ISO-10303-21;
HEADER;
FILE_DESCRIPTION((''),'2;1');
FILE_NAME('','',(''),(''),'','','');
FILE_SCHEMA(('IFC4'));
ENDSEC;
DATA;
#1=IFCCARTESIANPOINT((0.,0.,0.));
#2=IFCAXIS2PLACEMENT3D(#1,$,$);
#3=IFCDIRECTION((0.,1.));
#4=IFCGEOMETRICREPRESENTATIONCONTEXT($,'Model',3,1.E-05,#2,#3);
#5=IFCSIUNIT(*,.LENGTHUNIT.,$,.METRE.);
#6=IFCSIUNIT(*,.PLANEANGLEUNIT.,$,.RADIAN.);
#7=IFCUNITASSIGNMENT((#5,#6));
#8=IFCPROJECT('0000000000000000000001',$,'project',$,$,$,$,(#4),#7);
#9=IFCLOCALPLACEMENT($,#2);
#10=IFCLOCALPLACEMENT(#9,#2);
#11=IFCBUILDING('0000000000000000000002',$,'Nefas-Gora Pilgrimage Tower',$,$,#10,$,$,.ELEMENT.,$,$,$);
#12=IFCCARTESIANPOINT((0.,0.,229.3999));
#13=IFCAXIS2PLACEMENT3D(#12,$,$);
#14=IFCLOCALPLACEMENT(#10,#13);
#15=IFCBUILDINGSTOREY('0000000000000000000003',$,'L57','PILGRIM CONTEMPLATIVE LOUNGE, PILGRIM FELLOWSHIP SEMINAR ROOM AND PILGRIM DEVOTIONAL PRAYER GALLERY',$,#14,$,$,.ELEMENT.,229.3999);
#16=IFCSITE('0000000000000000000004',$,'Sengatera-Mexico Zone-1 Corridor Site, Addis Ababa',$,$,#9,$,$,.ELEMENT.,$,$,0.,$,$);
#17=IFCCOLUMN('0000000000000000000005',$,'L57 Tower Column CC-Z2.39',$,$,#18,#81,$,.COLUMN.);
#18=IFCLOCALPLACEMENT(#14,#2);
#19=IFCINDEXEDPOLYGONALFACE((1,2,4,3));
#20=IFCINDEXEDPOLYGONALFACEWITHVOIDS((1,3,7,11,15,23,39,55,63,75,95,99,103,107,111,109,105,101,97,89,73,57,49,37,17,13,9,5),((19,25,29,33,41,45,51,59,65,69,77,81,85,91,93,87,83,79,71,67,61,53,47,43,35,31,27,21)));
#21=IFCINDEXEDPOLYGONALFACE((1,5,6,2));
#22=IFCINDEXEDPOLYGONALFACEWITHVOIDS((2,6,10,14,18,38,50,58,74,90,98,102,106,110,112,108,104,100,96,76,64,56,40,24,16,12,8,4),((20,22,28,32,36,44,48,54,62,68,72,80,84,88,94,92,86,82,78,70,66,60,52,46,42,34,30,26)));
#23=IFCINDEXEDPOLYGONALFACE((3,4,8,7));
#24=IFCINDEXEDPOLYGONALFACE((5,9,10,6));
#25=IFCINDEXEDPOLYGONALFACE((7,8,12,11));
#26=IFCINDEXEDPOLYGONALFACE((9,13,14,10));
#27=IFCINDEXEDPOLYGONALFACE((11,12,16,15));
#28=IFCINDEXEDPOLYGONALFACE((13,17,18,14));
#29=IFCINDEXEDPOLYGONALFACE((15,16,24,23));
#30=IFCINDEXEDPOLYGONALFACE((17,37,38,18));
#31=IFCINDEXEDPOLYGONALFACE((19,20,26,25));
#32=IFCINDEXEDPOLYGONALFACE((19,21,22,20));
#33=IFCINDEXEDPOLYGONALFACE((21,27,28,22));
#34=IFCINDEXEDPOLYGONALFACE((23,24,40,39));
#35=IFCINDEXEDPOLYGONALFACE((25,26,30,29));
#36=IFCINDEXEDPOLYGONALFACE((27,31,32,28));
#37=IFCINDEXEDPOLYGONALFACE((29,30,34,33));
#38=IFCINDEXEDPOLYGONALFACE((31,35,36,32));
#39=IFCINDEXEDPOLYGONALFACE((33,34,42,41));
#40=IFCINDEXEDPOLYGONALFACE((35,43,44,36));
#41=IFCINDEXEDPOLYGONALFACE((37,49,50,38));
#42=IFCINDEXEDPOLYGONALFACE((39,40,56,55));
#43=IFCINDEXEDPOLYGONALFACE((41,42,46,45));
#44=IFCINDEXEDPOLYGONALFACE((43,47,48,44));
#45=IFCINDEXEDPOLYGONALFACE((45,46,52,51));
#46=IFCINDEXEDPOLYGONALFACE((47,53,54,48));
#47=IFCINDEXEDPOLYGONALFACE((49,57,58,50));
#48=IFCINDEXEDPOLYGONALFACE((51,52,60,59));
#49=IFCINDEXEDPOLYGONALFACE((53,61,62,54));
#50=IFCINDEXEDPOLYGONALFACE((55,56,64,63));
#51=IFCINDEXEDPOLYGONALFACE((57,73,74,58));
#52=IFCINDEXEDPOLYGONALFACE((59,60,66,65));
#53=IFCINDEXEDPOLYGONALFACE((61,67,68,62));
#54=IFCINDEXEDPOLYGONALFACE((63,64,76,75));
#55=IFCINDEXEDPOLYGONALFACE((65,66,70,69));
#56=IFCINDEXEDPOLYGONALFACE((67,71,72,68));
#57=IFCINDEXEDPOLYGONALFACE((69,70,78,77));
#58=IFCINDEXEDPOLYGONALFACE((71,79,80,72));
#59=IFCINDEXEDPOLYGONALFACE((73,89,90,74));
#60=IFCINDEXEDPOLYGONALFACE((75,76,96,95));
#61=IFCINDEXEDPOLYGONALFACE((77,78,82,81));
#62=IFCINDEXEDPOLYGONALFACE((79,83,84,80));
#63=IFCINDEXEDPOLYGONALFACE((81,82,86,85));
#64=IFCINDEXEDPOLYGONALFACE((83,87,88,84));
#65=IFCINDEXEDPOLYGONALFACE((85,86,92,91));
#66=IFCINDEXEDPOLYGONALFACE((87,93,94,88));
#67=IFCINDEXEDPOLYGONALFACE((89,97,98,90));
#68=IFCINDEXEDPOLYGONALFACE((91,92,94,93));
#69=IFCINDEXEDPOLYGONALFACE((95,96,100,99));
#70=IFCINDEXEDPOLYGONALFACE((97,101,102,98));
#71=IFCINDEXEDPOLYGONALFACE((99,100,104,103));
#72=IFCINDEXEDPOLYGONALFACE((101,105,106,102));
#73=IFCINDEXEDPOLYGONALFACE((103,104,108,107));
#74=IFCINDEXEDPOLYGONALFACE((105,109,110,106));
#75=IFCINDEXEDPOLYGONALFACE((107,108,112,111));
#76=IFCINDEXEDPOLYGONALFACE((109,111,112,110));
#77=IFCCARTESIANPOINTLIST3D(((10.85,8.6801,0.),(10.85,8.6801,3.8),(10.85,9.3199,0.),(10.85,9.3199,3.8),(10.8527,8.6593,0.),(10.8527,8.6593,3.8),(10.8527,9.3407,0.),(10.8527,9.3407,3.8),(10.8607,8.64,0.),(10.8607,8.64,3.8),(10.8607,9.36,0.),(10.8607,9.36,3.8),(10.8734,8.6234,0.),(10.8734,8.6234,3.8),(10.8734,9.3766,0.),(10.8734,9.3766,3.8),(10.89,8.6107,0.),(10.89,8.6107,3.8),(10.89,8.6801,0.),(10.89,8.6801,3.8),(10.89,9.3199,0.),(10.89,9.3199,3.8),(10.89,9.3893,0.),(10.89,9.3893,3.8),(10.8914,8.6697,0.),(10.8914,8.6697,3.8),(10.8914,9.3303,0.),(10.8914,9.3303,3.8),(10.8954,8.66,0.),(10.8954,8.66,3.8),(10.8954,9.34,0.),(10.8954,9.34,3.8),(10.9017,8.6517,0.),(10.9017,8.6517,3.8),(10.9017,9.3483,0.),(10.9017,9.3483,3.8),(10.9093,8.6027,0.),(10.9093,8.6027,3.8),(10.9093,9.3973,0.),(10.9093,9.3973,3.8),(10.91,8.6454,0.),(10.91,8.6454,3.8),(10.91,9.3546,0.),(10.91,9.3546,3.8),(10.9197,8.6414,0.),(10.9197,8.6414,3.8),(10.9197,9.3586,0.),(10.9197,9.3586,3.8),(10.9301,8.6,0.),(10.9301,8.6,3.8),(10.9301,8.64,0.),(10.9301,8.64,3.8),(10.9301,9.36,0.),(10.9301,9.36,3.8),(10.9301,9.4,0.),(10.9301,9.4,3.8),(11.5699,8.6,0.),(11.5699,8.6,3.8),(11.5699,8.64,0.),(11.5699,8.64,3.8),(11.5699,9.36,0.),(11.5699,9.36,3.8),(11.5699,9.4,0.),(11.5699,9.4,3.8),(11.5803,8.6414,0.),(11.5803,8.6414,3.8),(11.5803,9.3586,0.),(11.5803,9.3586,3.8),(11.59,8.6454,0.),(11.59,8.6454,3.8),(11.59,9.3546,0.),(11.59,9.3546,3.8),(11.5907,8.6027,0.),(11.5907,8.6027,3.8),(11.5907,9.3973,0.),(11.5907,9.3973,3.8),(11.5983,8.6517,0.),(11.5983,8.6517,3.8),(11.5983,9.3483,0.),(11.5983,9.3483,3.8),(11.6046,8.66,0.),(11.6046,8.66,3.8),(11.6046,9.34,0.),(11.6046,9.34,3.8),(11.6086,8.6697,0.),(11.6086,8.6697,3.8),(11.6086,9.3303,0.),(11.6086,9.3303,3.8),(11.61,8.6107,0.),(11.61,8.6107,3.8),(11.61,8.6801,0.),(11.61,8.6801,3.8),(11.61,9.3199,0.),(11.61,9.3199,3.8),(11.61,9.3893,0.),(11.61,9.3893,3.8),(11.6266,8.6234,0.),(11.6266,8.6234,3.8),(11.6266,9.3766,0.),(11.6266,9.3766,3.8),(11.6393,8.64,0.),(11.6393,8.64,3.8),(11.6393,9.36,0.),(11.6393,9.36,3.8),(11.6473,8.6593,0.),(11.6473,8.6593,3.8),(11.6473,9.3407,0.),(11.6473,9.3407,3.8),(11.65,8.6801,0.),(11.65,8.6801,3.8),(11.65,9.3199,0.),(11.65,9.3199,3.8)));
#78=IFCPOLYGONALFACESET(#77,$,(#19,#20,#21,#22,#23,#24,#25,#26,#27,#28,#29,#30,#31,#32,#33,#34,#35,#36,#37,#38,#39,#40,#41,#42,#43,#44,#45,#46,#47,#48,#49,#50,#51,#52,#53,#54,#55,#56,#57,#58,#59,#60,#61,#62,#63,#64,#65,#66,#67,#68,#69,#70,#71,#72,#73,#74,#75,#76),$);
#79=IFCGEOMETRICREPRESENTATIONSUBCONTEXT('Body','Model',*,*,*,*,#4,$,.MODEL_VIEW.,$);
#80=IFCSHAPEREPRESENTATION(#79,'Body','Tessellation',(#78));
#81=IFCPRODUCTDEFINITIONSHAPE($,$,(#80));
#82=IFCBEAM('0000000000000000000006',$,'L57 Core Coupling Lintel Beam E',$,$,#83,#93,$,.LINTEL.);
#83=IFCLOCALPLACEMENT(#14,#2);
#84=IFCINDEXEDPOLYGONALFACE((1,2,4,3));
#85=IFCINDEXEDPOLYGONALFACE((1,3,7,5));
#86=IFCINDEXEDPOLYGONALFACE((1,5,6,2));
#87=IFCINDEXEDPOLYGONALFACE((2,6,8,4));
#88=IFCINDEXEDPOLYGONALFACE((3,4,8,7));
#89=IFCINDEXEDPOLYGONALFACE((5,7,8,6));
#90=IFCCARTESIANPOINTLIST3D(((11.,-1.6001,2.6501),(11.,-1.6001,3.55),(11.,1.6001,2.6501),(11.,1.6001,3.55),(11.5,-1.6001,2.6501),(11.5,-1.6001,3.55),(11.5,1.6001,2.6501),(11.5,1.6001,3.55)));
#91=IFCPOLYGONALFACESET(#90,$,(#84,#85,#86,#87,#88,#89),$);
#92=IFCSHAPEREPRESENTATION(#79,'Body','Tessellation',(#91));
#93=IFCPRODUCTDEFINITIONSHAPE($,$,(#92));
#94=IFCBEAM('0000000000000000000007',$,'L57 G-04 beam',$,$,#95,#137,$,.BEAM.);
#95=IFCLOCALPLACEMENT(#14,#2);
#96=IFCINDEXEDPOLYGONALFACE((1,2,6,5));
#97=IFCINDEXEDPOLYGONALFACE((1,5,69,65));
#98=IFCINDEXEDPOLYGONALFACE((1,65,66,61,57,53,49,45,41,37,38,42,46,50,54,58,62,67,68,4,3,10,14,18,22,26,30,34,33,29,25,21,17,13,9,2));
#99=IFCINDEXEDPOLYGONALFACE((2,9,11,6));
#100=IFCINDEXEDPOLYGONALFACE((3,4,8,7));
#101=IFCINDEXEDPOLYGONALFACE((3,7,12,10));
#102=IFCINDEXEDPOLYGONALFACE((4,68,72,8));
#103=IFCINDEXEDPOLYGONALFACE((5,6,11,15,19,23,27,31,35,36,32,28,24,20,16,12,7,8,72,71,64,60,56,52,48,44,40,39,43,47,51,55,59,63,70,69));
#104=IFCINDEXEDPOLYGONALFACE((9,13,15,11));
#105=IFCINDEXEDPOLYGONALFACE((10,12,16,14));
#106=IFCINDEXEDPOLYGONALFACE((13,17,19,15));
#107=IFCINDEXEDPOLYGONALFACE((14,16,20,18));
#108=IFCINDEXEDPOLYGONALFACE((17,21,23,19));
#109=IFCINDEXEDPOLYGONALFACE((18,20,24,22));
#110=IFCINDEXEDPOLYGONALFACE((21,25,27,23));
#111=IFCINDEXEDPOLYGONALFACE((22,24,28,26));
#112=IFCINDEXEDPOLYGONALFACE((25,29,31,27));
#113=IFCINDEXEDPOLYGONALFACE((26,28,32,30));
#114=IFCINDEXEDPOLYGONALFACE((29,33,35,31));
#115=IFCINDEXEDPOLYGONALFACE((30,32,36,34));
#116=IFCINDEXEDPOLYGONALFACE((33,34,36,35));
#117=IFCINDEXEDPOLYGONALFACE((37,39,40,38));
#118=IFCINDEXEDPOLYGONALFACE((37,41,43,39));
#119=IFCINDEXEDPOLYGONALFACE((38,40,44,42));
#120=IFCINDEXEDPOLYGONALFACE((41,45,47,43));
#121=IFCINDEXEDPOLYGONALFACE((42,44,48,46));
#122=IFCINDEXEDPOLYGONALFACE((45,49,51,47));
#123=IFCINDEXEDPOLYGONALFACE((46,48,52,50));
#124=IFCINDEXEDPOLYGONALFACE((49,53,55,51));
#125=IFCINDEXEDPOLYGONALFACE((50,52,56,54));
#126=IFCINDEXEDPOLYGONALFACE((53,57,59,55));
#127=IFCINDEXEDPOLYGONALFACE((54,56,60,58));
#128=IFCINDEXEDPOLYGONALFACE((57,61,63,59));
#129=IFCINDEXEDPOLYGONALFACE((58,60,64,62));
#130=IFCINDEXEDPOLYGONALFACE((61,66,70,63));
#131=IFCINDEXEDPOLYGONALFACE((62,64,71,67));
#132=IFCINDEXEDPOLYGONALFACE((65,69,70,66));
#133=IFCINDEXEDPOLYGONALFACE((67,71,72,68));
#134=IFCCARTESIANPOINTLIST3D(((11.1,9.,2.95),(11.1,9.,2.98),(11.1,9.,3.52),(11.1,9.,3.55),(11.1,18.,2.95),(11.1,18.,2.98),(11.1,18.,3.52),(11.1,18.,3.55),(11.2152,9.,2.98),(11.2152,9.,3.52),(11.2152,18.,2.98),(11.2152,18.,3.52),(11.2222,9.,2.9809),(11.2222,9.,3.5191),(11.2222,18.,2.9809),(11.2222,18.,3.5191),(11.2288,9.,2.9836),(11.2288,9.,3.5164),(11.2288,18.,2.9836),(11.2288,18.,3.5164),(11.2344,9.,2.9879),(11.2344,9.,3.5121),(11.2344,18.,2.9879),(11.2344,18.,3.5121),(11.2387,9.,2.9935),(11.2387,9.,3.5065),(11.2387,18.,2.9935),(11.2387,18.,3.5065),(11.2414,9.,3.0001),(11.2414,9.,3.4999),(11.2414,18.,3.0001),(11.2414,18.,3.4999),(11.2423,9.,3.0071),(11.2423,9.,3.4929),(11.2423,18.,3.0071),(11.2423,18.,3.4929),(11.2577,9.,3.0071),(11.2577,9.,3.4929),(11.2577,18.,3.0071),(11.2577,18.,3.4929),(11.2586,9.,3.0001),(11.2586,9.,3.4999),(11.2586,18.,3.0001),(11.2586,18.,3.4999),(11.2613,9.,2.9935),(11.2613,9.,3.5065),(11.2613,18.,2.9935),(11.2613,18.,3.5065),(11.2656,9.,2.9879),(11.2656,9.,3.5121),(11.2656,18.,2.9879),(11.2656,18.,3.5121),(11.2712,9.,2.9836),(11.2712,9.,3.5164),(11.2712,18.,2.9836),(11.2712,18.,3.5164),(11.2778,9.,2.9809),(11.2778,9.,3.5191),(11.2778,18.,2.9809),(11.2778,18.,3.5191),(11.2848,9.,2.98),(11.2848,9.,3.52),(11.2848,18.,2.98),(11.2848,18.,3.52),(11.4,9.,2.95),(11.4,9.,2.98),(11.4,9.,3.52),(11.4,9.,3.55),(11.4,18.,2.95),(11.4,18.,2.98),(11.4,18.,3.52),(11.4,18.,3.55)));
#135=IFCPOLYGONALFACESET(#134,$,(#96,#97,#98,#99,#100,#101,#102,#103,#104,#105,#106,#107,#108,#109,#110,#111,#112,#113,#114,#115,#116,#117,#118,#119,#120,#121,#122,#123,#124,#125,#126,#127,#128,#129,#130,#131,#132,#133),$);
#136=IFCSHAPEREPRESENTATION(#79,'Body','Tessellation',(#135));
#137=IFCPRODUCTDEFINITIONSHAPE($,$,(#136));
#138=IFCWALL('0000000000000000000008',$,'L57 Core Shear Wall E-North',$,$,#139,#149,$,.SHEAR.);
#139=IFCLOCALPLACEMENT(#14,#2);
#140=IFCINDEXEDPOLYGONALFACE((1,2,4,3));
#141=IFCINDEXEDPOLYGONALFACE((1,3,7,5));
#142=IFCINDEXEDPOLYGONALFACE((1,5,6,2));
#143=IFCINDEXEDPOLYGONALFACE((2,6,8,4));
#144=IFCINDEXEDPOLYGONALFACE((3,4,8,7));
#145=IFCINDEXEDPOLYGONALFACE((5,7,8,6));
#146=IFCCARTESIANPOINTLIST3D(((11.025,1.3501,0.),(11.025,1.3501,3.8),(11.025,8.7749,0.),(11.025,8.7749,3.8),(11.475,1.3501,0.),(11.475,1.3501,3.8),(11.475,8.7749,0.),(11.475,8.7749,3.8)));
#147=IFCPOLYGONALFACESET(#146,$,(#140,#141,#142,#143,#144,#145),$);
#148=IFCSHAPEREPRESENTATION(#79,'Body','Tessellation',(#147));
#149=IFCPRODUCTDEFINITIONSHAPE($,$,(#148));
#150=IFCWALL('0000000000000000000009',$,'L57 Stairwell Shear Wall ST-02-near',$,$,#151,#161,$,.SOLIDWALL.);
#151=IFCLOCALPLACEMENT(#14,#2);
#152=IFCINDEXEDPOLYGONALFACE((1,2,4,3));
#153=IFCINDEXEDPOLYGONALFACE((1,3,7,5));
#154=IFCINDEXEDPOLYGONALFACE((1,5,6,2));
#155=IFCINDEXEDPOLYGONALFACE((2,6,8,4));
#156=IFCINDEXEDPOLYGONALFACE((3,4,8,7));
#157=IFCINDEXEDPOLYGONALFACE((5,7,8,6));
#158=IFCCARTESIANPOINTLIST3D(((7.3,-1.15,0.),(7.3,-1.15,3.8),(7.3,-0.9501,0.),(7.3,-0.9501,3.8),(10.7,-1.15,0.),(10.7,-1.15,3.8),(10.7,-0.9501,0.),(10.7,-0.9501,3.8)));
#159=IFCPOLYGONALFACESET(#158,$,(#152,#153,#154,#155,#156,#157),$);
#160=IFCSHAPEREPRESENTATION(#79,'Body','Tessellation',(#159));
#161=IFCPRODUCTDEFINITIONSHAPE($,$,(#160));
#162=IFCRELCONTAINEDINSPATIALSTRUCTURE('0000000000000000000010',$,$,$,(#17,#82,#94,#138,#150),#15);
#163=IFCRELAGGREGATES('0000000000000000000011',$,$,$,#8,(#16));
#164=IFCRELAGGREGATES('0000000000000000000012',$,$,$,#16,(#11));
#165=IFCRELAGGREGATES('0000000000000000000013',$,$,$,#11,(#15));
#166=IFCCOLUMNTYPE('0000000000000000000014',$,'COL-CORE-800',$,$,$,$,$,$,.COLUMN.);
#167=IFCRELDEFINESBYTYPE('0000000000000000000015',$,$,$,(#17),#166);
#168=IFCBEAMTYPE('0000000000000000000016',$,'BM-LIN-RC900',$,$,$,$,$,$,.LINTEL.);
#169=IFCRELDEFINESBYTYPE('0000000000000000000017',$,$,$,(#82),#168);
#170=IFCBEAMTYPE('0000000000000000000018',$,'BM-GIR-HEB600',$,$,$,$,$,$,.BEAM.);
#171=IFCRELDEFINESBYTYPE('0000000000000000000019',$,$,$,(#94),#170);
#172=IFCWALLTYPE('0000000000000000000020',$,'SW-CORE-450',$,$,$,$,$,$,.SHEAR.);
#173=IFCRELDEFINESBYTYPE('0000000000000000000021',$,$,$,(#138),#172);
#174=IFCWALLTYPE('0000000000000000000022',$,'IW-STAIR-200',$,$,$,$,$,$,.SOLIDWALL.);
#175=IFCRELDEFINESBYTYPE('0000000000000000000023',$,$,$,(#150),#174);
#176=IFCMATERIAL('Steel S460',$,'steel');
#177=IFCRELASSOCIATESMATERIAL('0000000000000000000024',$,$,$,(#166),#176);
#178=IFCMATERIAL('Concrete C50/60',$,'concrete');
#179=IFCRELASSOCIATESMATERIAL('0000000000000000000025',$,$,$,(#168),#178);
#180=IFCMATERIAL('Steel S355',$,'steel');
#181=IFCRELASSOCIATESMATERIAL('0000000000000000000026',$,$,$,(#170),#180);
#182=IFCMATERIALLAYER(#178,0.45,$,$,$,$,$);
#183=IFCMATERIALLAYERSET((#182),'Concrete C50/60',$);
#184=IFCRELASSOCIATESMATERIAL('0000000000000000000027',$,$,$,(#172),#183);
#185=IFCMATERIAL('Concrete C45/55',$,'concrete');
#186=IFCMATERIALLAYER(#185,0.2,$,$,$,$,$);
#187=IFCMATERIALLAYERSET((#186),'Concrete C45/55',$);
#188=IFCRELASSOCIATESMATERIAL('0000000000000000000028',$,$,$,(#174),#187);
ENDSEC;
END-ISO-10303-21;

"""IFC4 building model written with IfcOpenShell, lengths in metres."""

from ifc_helpers import new_model, si_unit, direction, frame, frame_2d, origin, origin_2d, place, context, subcontext, project, spatial, rectangle, hollow_rectangle, i_section, extrude, source, transform, mapped, material, layer, layer_set, material_profile, profile_set, type_object, element, save


model = new_model("IFC4")

# Units and contexts
model_context = context("Model", 3, precision=1e-05, world=origin(), true_north=direction((0.0, 1.0)))
body_context = subcontext(model_context, "Body", "Model", "MODEL_VIEW")
ifc_project = project(units=[si_unit("LENGTHUNIT", "METRE"), si_unit("PLANEANGLEUNIT", "RADIAN")], contexts=[model_context])

# Site, building, storey
site_placement = place(None, origin())
site = spatial("IfcSite", under=ifc_project, at=site_placement, Name="Sengatera-Mexico Zone-1 Corridor Site, Addis Ababa", CompositionType="ELEMENT", RefElevation=0.0)
building_placement = place(site_placement, origin())
building = spatial("IfcBuilding", under=site, at=building_placement, Name="Nefas-Gora Pilgrimage Tower", CompositionType="ELEMENT")
storey_placement = place(building_placement, frame((0.0, 0.0, 229.3999)))
storey = spatial("IfcBuildingStorey", under=building, at=storey_placement, Name="L57", Description="PILGRIM CONTEMPLATIVE LOUNGE, PILGRIM FELLOWSHIP SEMINAR ROOM AND PILGRIM DEVOTIONAL PRAYER GALLERY", CompositionType="ELEMENT", Elevation=229.3999)

# Column
ifc_material_1 = material(Name="Steel S460", Category="steel")
ifc_material_profile_1 = material_profile(ifc_material_1, hollow_rectangle(XDim=0.8, YDim=0.8, WallThickness=0.04, InnerFilletRadius=0.04, OuterFilletRadius=0.0801, at=origin_2d()), Name="BOX 800x800x40")
ifc_profile_set_1 = profile_set([ifc_material_profile_1], Name="Steel S460")
column_type = type_object("IfcColumnType", Name="COL-CORE-800", PredefinedType="COLUMN", material=ifc_profile_set_1)
shared_shape_1 = source(origin(), body_context, "Body", "SweptSolid", [
    extrude(hollow_rectangle(XDim=0.8, YDim=0.8, WallThickness=0.04, InnerFilletRadius=0.04, OuterFilletRadius=0.0801, at=origin_2d()), origin(), (0.0, 0.0, 1.0), 3.8),
])
column_placement = place(storey_placement, frame((11.25, 9.0, 0.0), z_axis=(0.0, 0.0, 1.0), x_axis=(1.0, 0.0, 0.0)))
element("IfcColumn", 1, at=column_placement, inside=storey, type_object=column_type, Name="L57 Tower Column CC-Z2.39", PredefinedType="COLUMN", context=body_context, shape_type="MappedRepresentation", body=[
    mapped(shared_shape_1, transform((0.0, 0.0, 0.0), x_axis=(1.0, 0.0, 0.0), y_axis=(0.0, 1.0, 0.0), z_axis=(0.0, 0.0, 1.0), scale=1.0)),
])

# Beams
ifc_material_2 = material(Name="Concrete C50/60", Category="concrete")
ifc_material_profile_2 = material_profile(ifc_material_2, rectangle(XDim=0.5, YDim=0.8999, at=origin_2d()), Name="RC 500x900")
ifc_profile_set_2 = profile_set([ifc_material_profile_2], Name="Concrete C50/60")
beam_type_1 = type_object("IfcBeamType", Name="BM-LIN-RC900", PredefinedType="LINTEL", material=ifc_profile_set_2)
shared_shape_2 = source(origin(), body_context, "Body", "SweptSolid", [
    extrude(rectangle(XDim=0.5, YDim=0.8999, at=origin_2d()), origin(), (0.0, 0.0, 1.0), 3.2002),
])
beam_1_placement = place(storey_placement, frame((11.25, -1.6001, 3.1001), z_axis=(0.0, 1.0, 0.0), x_axis=(-1.0, 0.0, 0.0)))
element("IfcBeam", 2, at=beam_1_placement, inside=storey, type_object=beam_type_1, Name="L57 Core Coupling Lintel Beam E", PredefinedType="LINTEL", context=body_context, shape_type="MappedRepresentation", body=[
    mapped(shared_shape_2, transform((0.0, 0.0, 0.0), x_axis=(1.0, 0.0, 0.0), y_axis=(0.0, 1.0, 0.0), z_axis=(0.0, 0.0, 1.0), scale=1.0)),
])
ifc_material_3 = material(Name="Steel S355", Category="steel")
ifc_material_profile_3 = material_profile(ifc_material_3, i_section(OverallWidth=0.3, OverallDepth=0.6001, WebThickness=0.0154, FlangeThickness=0.03, FilletRadius=0.0271, at=origin_2d()), Name="HEB 600")
ifc_profile_set_3 = profile_set([ifc_material_profile_3], Name="Steel S355")
beam_type_2 = type_object("IfcBeamType", Name="BM-GIR-HEB600", PredefinedType="BEAM", material=ifc_profile_set_3)
shared_shape_3 = source(origin(), body_context, "Body", "SweptSolid", [
    extrude(i_section(OverallWidth=0.3, OverallDepth=0.6001, WebThickness=0.0154, FlangeThickness=0.03, FilletRadius=0.0271, at=origin_2d()), origin(), (0.0, 0.0, 1.0), 9.0),
])
beam_2_placement = place(storey_placement, frame((11.25, 9.0, 3.25), z_axis=(0.0, 1.0, 0.0), x_axis=(-1.0, 0.0, 0.0)))
element("IfcBeam", 3, at=beam_2_placement, inside=storey, type_object=beam_type_2, Name="L57 G-04 beam", PredefinedType="BEAM", context=body_context, shape_type="MappedRepresentation", body=[
    mapped(shared_shape_3, transform((0.0, 0.0, 0.0), x_axis=(1.0, 0.0, 0.0), y_axis=(0.0, 1.0, 0.0), z_axis=(0.0, 0.0, 1.0), scale=1.0)),
])

# Walls
ifc_layer_1 = layer(ifc_material_2, 0.45)
ifc_layer_set_1 = layer_set([ifc_layer_1], Name="Concrete C50/60")
wall_type_1 = type_object("IfcWallType", Name="SW-CORE-450", PredefinedType="SHEAR", material=ifc_layer_set_1)
shared_shape_4 = source(origin(), body_context, "Body", "SweptSolid", [
    extrude(rectangle(XDim=7.4248, YDim=0.45, at=frame_2d((3.7124, 0.0))), origin(), (0.0, 0.0, 1.0), 3.8),
])
wall_1_placement = place(storey_placement, frame((11.25, 1.3501, 0.0), z_axis=(0.0, 0.0, 1.0), x_axis=(0.0, 1.0, 0.0)))
element("IfcWall", 4, at=wall_1_placement, inside=storey, type_object=wall_type_1, Name="L57 Core Shear Wall E-North", PredefinedType="SHEAR", context=body_context, shape_type="MappedRepresentation", body=[
    mapped(shared_shape_4, transform((0.0, 0.0, 0.0), x_axis=(1.0, 0.0, 0.0), y_axis=(0.0, 1.0, 0.0), z_axis=(0.0, 0.0, 1.0), scale=1.0)),
])
ifc_material_4 = material(Name="Concrete C45/55", Category="concrete")
ifc_layer_2 = layer(ifc_material_4, 0.2)
ifc_layer_set_2 = layer_set([ifc_layer_2], Name="Concrete C45/55")
wall_type_2 = type_object("IfcWallType", Name="IW-STAIR-200", PredefinedType="SOLIDWALL", material=ifc_layer_set_2)
shared_shape_5 = source(origin(), body_context, "Body", "SweptSolid", [
    extrude(rectangle(XDim=3.3999, YDim=0.2, at=frame_2d((1.7, 0.0))), origin(), (0.0, 0.0, 1.0), 3.8),
])
wall_2_placement = place(storey_placement, frame((7.3, -1.05, 0.0), z_axis=(0.0, 0.0, 1.0), x_axis=(1.0, 0.0, 0.0)))
element("IfcWall", 5, at=wall_2_placement, inside=storey, type_object=wall_type_2, Name="L57 Stairwell Shear Wall ST-02-near", PredefinedType="SOLIDWALL", context=body_context, shape_type="MappedRepresentation", body=[
    mapped(shared_shape_5, transform((0.0, 0.0, 0.0), x_axis=(1.0, 0.0, 0.0), y_axis=(0.0, 1.0, 0.0), z_axis=(0.0, 0.0, 1.0), scale=1.0)),
])

save(model, "model.ifc")
